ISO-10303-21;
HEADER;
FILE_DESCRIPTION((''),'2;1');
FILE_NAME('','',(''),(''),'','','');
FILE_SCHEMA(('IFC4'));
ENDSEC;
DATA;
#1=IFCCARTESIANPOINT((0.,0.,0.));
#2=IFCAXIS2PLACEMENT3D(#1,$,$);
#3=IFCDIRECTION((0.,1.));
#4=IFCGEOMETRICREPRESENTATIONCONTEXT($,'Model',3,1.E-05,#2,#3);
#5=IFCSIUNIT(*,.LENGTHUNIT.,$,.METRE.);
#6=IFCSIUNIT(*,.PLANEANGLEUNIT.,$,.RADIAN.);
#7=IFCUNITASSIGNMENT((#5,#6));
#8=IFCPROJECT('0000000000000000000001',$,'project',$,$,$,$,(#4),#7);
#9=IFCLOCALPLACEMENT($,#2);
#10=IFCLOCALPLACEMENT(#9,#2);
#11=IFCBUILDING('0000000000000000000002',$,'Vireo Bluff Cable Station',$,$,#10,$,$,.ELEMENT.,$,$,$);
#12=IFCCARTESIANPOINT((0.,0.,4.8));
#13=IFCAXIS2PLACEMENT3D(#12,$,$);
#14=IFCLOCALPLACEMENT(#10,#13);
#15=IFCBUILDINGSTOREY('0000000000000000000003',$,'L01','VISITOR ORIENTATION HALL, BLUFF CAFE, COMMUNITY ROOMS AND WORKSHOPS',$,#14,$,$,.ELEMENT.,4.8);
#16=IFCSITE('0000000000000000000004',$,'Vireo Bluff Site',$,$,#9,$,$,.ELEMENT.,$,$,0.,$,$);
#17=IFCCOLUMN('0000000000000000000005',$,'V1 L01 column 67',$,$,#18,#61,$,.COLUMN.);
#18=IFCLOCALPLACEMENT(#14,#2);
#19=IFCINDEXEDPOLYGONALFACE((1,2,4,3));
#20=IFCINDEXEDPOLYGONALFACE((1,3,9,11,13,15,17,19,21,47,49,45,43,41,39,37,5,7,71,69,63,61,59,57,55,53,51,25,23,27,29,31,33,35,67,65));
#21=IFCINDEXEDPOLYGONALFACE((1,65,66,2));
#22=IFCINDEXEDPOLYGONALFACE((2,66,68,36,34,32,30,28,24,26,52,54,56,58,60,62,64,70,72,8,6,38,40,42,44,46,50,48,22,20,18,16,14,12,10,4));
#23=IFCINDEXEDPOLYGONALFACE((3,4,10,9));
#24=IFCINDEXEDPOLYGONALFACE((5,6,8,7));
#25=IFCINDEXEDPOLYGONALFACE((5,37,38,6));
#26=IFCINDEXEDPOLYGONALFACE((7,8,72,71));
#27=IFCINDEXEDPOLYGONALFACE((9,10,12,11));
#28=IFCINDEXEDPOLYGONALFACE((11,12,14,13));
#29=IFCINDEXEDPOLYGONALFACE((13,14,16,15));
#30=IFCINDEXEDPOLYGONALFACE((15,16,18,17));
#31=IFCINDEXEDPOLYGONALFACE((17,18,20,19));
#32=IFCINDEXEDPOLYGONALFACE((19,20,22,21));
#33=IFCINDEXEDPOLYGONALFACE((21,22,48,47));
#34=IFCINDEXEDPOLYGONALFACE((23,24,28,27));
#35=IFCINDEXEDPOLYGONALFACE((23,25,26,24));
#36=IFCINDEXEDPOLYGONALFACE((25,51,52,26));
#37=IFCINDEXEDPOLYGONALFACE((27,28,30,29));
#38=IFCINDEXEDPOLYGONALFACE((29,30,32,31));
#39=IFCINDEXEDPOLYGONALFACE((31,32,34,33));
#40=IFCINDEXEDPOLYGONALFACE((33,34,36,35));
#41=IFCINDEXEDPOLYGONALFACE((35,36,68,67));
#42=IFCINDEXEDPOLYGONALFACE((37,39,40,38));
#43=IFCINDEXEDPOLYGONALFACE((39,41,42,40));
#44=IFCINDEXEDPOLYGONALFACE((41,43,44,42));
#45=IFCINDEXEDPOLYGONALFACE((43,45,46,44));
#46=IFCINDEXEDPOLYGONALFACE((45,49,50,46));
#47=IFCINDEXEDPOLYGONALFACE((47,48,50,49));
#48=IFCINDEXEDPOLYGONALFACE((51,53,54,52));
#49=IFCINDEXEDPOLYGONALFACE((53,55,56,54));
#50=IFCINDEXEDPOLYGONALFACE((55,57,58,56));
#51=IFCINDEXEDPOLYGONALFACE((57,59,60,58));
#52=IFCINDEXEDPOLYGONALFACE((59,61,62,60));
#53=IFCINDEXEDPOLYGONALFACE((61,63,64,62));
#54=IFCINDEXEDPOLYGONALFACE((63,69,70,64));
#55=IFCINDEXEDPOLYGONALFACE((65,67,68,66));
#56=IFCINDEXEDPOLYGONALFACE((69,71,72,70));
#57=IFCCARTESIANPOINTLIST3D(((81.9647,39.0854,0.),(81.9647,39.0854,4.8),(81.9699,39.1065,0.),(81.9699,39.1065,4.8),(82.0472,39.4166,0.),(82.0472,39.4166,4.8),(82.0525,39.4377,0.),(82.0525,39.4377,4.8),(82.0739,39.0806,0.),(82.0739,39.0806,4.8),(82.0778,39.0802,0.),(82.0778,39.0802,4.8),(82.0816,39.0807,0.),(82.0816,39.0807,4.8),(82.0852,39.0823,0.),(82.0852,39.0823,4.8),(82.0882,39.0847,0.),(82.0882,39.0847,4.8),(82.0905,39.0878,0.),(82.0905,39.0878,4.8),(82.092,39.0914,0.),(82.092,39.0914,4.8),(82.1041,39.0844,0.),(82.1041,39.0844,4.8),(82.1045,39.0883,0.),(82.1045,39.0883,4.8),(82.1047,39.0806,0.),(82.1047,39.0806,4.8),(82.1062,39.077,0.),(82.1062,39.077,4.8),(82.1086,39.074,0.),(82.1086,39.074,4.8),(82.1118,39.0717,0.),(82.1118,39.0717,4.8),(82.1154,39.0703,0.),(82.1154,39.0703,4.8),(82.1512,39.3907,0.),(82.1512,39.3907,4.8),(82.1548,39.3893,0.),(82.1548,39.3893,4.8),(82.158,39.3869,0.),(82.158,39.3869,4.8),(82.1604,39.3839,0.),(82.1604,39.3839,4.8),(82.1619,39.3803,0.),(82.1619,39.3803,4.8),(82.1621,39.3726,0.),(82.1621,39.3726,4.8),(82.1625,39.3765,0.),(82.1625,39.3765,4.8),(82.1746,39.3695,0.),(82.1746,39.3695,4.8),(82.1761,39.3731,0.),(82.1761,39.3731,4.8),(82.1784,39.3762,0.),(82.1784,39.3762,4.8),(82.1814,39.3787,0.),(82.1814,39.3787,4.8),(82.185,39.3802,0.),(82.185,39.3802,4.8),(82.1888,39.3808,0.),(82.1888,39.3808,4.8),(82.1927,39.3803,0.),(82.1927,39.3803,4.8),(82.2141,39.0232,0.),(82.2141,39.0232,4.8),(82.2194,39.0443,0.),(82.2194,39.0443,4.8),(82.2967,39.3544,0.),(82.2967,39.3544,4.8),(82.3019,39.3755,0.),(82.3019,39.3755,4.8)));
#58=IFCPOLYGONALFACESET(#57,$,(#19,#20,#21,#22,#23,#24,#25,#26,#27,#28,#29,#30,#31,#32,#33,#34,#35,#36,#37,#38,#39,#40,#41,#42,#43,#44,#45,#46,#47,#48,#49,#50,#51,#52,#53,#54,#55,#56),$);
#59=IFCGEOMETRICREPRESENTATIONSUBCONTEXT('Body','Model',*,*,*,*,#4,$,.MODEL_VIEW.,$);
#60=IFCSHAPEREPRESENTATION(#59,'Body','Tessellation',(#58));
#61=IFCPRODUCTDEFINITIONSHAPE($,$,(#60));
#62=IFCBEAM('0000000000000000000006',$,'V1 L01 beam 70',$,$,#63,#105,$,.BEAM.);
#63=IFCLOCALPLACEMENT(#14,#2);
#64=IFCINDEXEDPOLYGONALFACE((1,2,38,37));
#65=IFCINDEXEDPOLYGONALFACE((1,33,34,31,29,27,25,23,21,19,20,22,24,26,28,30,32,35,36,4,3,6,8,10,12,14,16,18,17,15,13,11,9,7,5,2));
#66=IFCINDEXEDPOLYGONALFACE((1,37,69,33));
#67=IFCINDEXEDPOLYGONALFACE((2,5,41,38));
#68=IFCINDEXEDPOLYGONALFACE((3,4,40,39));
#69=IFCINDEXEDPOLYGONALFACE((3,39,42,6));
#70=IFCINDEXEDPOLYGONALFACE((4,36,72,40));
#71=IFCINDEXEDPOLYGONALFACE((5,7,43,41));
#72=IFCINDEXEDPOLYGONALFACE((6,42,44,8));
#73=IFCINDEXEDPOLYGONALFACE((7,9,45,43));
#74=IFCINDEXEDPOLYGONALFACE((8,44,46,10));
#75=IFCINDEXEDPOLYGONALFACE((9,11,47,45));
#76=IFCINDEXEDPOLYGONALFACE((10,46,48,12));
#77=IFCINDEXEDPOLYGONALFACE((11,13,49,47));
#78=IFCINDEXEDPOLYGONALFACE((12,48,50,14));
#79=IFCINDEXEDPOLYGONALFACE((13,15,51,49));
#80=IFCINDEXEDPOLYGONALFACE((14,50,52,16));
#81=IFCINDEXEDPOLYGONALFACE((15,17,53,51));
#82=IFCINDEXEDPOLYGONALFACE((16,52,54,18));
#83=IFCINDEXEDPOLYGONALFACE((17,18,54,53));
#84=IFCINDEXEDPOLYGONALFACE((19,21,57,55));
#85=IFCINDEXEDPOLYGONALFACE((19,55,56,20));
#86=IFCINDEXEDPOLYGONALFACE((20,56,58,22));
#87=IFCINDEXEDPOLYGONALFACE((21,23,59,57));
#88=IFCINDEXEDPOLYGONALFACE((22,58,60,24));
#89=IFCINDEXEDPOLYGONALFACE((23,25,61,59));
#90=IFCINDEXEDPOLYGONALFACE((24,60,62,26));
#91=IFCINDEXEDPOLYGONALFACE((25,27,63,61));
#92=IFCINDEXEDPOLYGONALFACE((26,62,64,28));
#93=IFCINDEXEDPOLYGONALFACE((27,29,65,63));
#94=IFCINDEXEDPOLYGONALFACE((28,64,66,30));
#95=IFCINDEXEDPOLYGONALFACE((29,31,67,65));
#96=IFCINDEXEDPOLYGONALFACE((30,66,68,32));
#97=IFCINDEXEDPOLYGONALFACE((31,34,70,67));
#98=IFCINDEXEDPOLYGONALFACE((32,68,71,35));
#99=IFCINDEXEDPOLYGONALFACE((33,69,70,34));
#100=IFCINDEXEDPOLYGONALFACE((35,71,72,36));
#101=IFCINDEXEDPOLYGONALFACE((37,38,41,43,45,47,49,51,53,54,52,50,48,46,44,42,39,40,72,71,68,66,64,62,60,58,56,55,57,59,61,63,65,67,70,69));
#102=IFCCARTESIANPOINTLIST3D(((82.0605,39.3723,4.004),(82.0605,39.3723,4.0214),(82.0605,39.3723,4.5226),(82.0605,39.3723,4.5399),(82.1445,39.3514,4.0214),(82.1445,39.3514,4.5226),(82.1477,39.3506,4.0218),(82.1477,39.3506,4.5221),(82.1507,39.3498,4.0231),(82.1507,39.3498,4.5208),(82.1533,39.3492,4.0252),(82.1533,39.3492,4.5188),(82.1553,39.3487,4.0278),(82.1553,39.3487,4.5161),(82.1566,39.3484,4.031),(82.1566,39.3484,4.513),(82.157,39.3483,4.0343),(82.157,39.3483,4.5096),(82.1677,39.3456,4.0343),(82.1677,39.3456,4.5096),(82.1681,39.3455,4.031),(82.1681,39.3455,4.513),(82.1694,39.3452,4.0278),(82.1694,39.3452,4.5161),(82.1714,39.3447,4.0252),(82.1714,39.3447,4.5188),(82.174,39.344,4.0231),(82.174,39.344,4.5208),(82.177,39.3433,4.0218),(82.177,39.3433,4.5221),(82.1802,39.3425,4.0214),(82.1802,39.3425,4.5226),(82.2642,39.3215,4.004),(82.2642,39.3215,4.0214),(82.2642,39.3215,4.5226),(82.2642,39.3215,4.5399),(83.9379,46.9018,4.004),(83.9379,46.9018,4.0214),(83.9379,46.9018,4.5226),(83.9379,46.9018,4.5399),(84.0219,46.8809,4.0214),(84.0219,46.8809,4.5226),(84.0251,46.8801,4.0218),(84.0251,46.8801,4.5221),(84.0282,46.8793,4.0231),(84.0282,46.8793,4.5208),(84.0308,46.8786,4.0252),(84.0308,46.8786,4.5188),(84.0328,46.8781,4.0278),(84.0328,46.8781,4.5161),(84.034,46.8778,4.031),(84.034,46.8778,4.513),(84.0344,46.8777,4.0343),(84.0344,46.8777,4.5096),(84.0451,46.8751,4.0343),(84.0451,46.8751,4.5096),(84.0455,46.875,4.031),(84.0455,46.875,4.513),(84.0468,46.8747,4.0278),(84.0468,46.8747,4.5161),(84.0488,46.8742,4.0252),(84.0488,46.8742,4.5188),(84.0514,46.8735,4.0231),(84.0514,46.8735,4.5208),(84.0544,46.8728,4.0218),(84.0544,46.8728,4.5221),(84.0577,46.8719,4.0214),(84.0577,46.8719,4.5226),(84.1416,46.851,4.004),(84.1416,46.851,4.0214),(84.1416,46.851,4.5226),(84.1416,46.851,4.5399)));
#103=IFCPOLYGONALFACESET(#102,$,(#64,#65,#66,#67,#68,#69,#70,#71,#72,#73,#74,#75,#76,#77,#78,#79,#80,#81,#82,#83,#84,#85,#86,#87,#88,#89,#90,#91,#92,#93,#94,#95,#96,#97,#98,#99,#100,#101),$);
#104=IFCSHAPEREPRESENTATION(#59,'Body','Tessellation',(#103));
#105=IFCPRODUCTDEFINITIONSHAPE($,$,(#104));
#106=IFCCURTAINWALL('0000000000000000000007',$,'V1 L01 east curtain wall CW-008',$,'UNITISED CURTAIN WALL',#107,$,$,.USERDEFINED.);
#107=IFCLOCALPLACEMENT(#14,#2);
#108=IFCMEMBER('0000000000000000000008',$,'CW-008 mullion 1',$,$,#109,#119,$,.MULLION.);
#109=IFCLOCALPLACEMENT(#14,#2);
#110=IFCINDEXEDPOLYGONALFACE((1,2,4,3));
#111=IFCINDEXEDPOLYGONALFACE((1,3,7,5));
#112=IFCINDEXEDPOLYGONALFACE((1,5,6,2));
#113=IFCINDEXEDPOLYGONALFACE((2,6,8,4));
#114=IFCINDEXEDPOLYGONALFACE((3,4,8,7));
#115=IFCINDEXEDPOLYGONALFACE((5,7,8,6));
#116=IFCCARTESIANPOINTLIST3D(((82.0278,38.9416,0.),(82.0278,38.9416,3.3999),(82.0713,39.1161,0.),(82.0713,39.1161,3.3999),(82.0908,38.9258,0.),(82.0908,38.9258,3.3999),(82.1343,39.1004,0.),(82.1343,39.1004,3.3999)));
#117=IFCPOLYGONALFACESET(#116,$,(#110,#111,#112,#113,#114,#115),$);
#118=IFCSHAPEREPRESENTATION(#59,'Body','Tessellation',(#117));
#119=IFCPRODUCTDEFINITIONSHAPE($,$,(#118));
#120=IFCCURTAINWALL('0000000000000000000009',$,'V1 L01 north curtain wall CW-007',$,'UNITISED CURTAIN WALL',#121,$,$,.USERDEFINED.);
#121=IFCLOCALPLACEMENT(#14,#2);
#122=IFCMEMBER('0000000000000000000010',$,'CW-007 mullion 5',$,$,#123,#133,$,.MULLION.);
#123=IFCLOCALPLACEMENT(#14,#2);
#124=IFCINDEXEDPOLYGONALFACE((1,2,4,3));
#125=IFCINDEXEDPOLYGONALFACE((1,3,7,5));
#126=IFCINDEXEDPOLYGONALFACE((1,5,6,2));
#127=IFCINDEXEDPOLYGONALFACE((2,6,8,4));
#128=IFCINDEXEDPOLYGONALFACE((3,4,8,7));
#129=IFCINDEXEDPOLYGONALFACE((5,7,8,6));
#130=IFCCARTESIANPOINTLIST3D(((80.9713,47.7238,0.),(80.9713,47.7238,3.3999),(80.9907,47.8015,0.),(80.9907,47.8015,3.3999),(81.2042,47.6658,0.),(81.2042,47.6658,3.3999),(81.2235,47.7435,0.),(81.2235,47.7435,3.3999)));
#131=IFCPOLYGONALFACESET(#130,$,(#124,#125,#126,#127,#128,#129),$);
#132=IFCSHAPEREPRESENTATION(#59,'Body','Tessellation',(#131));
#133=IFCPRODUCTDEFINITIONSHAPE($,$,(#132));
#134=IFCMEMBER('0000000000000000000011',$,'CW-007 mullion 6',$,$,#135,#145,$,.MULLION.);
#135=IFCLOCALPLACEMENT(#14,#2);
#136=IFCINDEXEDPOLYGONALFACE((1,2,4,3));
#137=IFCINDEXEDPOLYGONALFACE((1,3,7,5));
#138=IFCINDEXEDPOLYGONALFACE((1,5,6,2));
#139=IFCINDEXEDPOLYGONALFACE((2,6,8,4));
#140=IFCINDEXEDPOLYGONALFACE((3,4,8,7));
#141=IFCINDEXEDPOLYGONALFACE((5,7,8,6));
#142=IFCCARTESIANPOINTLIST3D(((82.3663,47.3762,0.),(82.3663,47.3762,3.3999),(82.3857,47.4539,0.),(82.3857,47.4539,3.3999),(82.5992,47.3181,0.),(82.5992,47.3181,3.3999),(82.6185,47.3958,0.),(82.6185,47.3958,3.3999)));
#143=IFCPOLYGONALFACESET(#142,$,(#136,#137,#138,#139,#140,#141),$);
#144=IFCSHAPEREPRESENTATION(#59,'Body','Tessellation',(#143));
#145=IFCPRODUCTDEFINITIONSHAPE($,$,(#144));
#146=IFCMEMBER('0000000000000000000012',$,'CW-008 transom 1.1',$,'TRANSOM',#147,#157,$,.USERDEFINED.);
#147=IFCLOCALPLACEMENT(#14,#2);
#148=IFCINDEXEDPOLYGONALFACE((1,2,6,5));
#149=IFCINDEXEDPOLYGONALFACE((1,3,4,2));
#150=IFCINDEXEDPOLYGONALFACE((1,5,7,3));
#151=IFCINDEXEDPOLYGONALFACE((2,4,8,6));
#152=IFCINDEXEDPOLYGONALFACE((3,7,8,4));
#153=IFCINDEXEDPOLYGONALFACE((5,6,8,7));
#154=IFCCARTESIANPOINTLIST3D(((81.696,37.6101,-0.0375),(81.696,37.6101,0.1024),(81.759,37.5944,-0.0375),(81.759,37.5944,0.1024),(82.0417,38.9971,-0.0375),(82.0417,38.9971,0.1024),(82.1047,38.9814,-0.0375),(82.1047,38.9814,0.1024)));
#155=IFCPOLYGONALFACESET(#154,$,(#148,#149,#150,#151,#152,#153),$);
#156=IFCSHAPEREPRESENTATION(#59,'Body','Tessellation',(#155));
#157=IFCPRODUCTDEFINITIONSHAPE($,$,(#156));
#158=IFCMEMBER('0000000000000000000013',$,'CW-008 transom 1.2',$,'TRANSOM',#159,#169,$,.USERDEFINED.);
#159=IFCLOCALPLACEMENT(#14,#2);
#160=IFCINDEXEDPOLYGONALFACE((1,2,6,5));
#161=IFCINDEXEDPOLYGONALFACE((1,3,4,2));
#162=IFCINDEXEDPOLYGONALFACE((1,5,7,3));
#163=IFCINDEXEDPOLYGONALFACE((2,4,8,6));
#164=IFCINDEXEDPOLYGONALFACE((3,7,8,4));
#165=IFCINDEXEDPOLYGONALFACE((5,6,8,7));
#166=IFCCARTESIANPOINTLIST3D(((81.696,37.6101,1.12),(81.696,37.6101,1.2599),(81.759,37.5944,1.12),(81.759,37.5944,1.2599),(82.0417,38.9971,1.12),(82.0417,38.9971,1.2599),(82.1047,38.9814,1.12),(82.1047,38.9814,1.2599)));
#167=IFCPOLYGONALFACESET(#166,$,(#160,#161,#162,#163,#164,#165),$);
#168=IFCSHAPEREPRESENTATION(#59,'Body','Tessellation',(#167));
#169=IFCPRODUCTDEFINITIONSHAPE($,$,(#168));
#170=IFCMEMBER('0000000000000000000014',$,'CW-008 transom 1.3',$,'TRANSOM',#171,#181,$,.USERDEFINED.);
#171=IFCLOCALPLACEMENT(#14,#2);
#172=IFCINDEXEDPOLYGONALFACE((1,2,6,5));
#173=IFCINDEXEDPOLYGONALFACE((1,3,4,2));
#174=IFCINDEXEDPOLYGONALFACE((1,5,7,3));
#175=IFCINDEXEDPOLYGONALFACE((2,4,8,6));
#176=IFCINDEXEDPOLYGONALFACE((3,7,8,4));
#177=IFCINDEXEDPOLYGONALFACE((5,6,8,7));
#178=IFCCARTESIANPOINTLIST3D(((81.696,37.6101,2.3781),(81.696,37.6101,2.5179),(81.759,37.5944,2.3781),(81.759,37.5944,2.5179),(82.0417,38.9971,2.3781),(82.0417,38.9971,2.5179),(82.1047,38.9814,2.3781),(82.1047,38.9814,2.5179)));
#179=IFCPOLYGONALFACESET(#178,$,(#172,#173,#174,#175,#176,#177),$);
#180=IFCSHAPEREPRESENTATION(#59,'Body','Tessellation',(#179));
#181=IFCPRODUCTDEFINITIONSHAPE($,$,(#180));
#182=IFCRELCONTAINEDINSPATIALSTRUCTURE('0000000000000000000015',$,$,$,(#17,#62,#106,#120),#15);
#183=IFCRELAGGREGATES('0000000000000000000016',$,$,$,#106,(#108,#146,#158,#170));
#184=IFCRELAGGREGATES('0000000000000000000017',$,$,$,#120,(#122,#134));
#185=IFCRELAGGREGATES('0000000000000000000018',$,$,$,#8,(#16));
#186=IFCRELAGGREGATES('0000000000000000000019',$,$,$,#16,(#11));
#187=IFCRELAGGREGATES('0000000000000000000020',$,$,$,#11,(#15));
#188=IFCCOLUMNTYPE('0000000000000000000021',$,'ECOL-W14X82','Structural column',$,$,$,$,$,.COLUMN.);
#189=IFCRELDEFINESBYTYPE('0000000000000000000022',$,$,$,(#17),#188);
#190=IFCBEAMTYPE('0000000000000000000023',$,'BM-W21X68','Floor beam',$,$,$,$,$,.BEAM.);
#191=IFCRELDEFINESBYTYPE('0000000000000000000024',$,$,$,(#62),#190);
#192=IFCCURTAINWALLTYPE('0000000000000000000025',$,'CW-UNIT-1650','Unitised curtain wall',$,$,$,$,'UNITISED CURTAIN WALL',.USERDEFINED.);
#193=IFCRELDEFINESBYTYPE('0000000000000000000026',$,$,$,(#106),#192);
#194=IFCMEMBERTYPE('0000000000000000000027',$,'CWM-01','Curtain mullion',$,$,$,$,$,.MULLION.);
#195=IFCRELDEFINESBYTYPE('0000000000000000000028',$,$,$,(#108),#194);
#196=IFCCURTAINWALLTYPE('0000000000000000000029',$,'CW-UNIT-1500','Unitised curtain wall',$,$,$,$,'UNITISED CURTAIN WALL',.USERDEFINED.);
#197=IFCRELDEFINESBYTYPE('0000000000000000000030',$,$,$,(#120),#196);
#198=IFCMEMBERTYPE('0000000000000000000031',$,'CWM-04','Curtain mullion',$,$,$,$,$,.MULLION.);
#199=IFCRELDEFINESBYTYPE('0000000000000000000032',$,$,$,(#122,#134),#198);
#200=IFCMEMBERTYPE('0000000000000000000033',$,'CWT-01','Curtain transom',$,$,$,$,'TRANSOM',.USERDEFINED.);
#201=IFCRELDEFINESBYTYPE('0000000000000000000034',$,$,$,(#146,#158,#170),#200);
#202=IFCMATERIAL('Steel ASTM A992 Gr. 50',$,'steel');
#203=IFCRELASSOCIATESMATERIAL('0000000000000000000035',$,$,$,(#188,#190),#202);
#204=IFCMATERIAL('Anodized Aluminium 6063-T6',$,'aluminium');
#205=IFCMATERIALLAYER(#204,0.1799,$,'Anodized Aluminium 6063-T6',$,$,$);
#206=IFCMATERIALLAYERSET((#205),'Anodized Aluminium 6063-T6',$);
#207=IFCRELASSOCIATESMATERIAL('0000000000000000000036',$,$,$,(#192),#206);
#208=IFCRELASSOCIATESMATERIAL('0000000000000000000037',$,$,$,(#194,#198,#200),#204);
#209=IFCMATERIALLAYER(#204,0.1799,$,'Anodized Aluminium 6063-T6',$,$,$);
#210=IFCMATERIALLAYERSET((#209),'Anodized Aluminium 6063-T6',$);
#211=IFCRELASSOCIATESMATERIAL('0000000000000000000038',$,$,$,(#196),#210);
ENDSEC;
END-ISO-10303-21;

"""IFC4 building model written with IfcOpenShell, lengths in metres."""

from ifc_helpers import new_model, si_unit, direction, frame, origin, origin_2d, place, context, subcontext, project, spatial, rectangle, i_section, extrude, material, layer, layer_set, material_profile, profile_set, type_object, element, aggregate, save


model = new_model("IFC4")

# Units and contexts
model_context = context("Model", 3, precision=1e-05, world=origin(), true_north=direction((0.0, 1.0)))
body_context = subcontext(model_context, "Body", "Model", "MODEL_VIEW")
ifc_project = project(units=[si_unit("LENGTHUNIT", "METRE"), si_unit("PLANEANGLEUNIT", "RADIAN")], contexts=[model_context])

# Site, building, storey
site_placement = place(None, origin())
site = spatial("IfcSite", under=ifc_project, at=site_placement, Name="Vireo Bluff Site", CompositionType="ELEMENT", RefElevation=0.0)
building_placement = place(site_placement, origin())
building = spatial("IfcBuilding", under=site, at=building_placement, Name="Vireo Bluff Cable Station", CompositionType="ELEMENT")
storey_placement = place(building_placement, frame((0.0, 0.0, 4.8)))
storey = spatial("IfcBuildingStorey", under=building, at=storey_placement, Name="L01", Description="VISITOR ORIENTATION HALL, BLUFF CAFE, COMMUNITY ROOMS AND WORKSHOPS", CompositionType="ELEMENT", Elevation=4.8)

# Column
ifc_material_1 = material(Name="Steel ASTM A992 Gr. 50", Category="steel")
ifc_material_profile_1 = material_profile(ifc_material_1, i_section(OverallWidth=0.2571, OverallDepth=0.363, WebThickness=0.0129, FlangeThickness=0.0217, FilletRadius=0.0149, at=origin_2d()), Name="W14X82")
ifc_profile_set_1 = profile_set([ifc_material_profile_1], Name="Steel ASTM A992 Gr. 50")
column_type = type_object("IfcColumnType", Name="ECOL-W14X82", Description="Structural column", PredefinedType="COLUMN", material=ifc_profile_set_1)
column_placement = place(storey_placement, frame((82.1333, 39.2305, 0.0), z_axis=(0.0, 0.0, 1.0), x_axis=(0.970296, -0.241922, 0.0)))
element("IfcColumn", 1, at=column_placement, inside=storey, type_object=column_type, Name="V1 L01 column 67", PredefinedType="COLUMN", context=body_context, shape_type="SweptSolid", body=[
    extrude(i_section(OverallWidth=0.2571, OverallDepth=0.363, WebThickness=0.0129, FlangeThickness=0.0217, FilletRadius=0.0149, at=origin_2d()), origin(), (0.0, 0.0, 1.0), 4.8),
])

# Beam
ifc_material_profile_2 = material_profile(ifc_material_1, i_section(OverallWidth=0.21, OverallDepth=0.5359, WebThickness=0.011, FlangeThickness=0.0173, FilletRadius=0.0129, at=origin_2d()), Name="W21X68")
ifc_profile_set_2 = profile_set([ifc_material_profile_2], Name="Steel ASTM A992 Gr. 50")
beam_type_1 = type_object("IfcBeamType", Name="BM-W21X68", Description="Floor beam", PredefinedType="BEAM", material=ifc_profile_set_2)
beam_1_placement = place(storey_placement, frame((82.1624, 39.3469, 4.272), z_axis=(0.241936, 0.970292, 0.0), x_axis=(-0.970292, 0.241936, 0.0)))
element("IfcBeam", 2, at=beam_1_placement, inside=storey, type_object=beam_type_1, Name="V1 L01 beam 70", PredefinedType="BEAM", context=body_context, shape_type="SweptSolid", body=[
    extrude(i_section(OverallWidth=0.21, OverallDepth=0.5359, WebThickness=0.011, FlangeThickness=0.0173, FilletRadius=0.0129, at=origin_2d()), origin(), (0.0, 0.0, 1.0), 7.76),
])

# Curtain wall, member
ifc_material_2 = material(Name="Anodized Aluminium 6063-T6", Category="aluminium")
ifc_layer_1 = layer(ifc_material_2, 0.1799, Name="Anodized Aluminium 6063-T6")
ifc_layer_set_1 = layer_set([ifc_layer_1], Name="Anodized Aluminium 6063-T6")
curtain_wall_type_1 = type_object("IfcCurtainWallType", Name="CW-UNIT-1650", Description="Unitised curtain wall", ElementType="UNITISED CURTAIN WALL", PredefinedType="USERDEFINED", material=ifc_layer_set_1)
curtain_wall_1_placement = place(storey_placement, origin())
curtain_wall_1 = element("IfcCurtainWall", 3, at=curtain_wall_1_placement, inside=storey, type_object=curtain_wall_type_1, Name="V1 L01 east curtain wall CW-008", ObjectType="UNITISED CURTAIN WALL", PredefinedType="USERDEFINED")
ifc_material_profile_3 = material_profile(ifc_material_2, rectangle(XDim=0.0649, YDim=0.1799, at=origin_2d()), Name="ALU-M-65X180")
ifc_profile_set_3 = profile_set([ifc_material_profile_3], Name="Anodized Aluminium 6063-T6")
member_type_1 = type_object("IfcMemberType", Name="CWM-01", Description="Curtain mullion", PredefinedType="MULLION", material=ifc_profile_set_3)
member_1_placement = place(storey_placement, frame((82.0811, 39.021, 0.0), z_axis=(0.0, 0.0, 1.0), x_axis=(0.970296, -0.241922, 0.0)))
member_1 = element("IfcMember", 4, at=member_1_placement, type_object=member_type_1, Name="CW-008 mullion 1", PredefinedType="MULLION", context=body_context, shape_type="SweptSolid", body=[
    extrude(rectangle(XDim=0.0649, YDim=0.1799, at=origin_2d()), origin(), (0.0, 0.0, 1.0), 3.3999),
])

# Curtain wall, members
ifc_layer_2 = layer(ifc_material_2, 0.1799, Name="Anodized Aluminium 6063-T6")
ifc_layer_set_2 = layer_set([ifc_layer_2], Name="Anodized Aluminium 6063-T6")
curtain_wall_type_2 = type_object("IfcCurtainWallType", Name="CW-UNIT-1500", Description="Unitised curtain wall", ElementType="UNITISED CURTAIN WALL", PredefinedType="USERDEFINED", material=ifc_layer_set_2)
curtain_wall_2_placement = place(storey_placement, origin())
curtain_wall_2 = element("IfcCurtainWall", 5, at=curtain_wall_2_placement, inside=storey, type_object=curtain_wall_type_2, Name="V1 L01 north curtain wall CW-007", ObjectType="UNITISED CURTAIN WALL", PredefinedType="USERDEFINED")
ifc_material_profile_4 = material_profile(ifc_material_2, rectangle(XDim=0.0801, YDim=0.24, at=origin_2d()), Name="ALU-M-80X240")
ifc_profile_set_4 = profile_set([ifc_material_profile_4], Name="Anodized Aluminium 6063-T6")
member_type_2 = type_object("IfcMemberType", Name="CWM-04", Description="Curtain mullion", PredefinedType="MULLION", material=ifc_profile_set_4)
member_2_placement = place(storey_placement, frame((81.0974, 47.7336, 0.0), z_axis=(0.0, 0.0, 1.0), x_axis=(0.241922, 0.970296, 0.0)))
member_2 = element("IfcMember", 6, at=member_2_placement, type_object=member_type_2, Name="CW-007 mullion 5", PredefinedType="MULLION", context=body_context, shape_type="SweptSolid", body=[
    extrude(rectangle(XDim=0.0801, YDim=0.24, at=origin_2d()), origin(), (0.0, 0.0, 1.0), 3.3999),
])
member_3_placement = place(storey_placement, frame((82.4924, 47.386, 0.0), z_axis=(0.0, 0.0, 1.0), x_axis=(0.241922, 0.970296, 0.0)))
member_3 = element("IfcMember", 7, at=member_3_placement, type_object=member_type_2, Name="CW-007 mullion 6", PredefinedType="MULLION", context=body_context, shape_type="SweptSolid", body=[
    extrude(rectangle(XDim=0.0801, YDim=0.24, at=origin_2d()), origin(), (0.0, 0.0, 1.0), 3.3999),
])

# Members
ifc_material_profile_5 = material_profile(ifc_material_2, rectangle(XDim=0.0649, YDim=0.1399, at=origin_2d()), Name="ALU-T-65X140")
ifc_profile_set_5 = profile_set([ifc_material_profile_5], Name="Anodized Aluminium 6063-T6")
member_type_3 = type_object("IfcMemberType", Name="CWT-01", Description="Curtain transom", ElementType="TRANSOM", PredefinedType="USERDEFINED", material=ifc_profile_set_5)
member_4_placement = place(storey_placement, frame((82.0732, 38.9893, 0.0325), z_axis=(-0.241852, -0.970313, 0.0), x_axis=(0.970313, -0.241852, 0.0)))
member_4 = element("IfcMember", 8, at=member_4_placement, type_object=member_type_3, Name="CW-008 transom 1.1", ObjectType="TRANSOM", PredefinedType="USERDEFINED", context=body_context, shape_type="SweptSolid", body=[
    extrude(rectangle(XDim=0.0649, YDim=0.1399, at=origin_2d()), origin(), (0.0, 0.0, 1.0), 1.4294),
])
member_5_placement = place(storey_placement, frame((82.0732, 38.9893, 1.1899), z_axis=(-0.241852, -0.970313, 0.0), x_axis=(0.970313, -0.241852, 0.0)))
member_5 = element("IfcMember", 9, at=member_5_placement, type_object=member_type_3, Name="CW-008 transom 1.2", ObjectType="TRANSOM", PredefinedType="USERDEFINED", context=body_context, shape_type="SweptSolid", body=[
    extrude(rectangle(XDim=0.0649, YDim=0.1399, at=origin_2d()), origin(), (0.0, 0.0, 1.0), 1.4294),
])
member_6_placement = place(storey_placement, frame((82.0732, 38.9893, 2.448), z_axis=(-0.241852, -0.970313, 0.0), x_axis=(0.970313, -0.241852, 0.0)))
member_6 = element("IfcMember", 10, at=member_6_placement, type_object=member_type_3, Name="CW-008 transom 1.3", ObjectType="TRANSOM", PredefinedType="USERDEFINED", context=body_context, shape_type="SweptSolid", body=[
    extrude(rectangle(XDim=0.0649, YDim=0.1399, at=origin_2d()), origin(), (0.0, 0.0, 1.0), 1.4294),
])
aggregate(curtain_wall_1, [member_1, member_4, member_5, member_6])

aggregate(curtain_wall_2, [member_2, member_3])

save(model, "model.ifc")
